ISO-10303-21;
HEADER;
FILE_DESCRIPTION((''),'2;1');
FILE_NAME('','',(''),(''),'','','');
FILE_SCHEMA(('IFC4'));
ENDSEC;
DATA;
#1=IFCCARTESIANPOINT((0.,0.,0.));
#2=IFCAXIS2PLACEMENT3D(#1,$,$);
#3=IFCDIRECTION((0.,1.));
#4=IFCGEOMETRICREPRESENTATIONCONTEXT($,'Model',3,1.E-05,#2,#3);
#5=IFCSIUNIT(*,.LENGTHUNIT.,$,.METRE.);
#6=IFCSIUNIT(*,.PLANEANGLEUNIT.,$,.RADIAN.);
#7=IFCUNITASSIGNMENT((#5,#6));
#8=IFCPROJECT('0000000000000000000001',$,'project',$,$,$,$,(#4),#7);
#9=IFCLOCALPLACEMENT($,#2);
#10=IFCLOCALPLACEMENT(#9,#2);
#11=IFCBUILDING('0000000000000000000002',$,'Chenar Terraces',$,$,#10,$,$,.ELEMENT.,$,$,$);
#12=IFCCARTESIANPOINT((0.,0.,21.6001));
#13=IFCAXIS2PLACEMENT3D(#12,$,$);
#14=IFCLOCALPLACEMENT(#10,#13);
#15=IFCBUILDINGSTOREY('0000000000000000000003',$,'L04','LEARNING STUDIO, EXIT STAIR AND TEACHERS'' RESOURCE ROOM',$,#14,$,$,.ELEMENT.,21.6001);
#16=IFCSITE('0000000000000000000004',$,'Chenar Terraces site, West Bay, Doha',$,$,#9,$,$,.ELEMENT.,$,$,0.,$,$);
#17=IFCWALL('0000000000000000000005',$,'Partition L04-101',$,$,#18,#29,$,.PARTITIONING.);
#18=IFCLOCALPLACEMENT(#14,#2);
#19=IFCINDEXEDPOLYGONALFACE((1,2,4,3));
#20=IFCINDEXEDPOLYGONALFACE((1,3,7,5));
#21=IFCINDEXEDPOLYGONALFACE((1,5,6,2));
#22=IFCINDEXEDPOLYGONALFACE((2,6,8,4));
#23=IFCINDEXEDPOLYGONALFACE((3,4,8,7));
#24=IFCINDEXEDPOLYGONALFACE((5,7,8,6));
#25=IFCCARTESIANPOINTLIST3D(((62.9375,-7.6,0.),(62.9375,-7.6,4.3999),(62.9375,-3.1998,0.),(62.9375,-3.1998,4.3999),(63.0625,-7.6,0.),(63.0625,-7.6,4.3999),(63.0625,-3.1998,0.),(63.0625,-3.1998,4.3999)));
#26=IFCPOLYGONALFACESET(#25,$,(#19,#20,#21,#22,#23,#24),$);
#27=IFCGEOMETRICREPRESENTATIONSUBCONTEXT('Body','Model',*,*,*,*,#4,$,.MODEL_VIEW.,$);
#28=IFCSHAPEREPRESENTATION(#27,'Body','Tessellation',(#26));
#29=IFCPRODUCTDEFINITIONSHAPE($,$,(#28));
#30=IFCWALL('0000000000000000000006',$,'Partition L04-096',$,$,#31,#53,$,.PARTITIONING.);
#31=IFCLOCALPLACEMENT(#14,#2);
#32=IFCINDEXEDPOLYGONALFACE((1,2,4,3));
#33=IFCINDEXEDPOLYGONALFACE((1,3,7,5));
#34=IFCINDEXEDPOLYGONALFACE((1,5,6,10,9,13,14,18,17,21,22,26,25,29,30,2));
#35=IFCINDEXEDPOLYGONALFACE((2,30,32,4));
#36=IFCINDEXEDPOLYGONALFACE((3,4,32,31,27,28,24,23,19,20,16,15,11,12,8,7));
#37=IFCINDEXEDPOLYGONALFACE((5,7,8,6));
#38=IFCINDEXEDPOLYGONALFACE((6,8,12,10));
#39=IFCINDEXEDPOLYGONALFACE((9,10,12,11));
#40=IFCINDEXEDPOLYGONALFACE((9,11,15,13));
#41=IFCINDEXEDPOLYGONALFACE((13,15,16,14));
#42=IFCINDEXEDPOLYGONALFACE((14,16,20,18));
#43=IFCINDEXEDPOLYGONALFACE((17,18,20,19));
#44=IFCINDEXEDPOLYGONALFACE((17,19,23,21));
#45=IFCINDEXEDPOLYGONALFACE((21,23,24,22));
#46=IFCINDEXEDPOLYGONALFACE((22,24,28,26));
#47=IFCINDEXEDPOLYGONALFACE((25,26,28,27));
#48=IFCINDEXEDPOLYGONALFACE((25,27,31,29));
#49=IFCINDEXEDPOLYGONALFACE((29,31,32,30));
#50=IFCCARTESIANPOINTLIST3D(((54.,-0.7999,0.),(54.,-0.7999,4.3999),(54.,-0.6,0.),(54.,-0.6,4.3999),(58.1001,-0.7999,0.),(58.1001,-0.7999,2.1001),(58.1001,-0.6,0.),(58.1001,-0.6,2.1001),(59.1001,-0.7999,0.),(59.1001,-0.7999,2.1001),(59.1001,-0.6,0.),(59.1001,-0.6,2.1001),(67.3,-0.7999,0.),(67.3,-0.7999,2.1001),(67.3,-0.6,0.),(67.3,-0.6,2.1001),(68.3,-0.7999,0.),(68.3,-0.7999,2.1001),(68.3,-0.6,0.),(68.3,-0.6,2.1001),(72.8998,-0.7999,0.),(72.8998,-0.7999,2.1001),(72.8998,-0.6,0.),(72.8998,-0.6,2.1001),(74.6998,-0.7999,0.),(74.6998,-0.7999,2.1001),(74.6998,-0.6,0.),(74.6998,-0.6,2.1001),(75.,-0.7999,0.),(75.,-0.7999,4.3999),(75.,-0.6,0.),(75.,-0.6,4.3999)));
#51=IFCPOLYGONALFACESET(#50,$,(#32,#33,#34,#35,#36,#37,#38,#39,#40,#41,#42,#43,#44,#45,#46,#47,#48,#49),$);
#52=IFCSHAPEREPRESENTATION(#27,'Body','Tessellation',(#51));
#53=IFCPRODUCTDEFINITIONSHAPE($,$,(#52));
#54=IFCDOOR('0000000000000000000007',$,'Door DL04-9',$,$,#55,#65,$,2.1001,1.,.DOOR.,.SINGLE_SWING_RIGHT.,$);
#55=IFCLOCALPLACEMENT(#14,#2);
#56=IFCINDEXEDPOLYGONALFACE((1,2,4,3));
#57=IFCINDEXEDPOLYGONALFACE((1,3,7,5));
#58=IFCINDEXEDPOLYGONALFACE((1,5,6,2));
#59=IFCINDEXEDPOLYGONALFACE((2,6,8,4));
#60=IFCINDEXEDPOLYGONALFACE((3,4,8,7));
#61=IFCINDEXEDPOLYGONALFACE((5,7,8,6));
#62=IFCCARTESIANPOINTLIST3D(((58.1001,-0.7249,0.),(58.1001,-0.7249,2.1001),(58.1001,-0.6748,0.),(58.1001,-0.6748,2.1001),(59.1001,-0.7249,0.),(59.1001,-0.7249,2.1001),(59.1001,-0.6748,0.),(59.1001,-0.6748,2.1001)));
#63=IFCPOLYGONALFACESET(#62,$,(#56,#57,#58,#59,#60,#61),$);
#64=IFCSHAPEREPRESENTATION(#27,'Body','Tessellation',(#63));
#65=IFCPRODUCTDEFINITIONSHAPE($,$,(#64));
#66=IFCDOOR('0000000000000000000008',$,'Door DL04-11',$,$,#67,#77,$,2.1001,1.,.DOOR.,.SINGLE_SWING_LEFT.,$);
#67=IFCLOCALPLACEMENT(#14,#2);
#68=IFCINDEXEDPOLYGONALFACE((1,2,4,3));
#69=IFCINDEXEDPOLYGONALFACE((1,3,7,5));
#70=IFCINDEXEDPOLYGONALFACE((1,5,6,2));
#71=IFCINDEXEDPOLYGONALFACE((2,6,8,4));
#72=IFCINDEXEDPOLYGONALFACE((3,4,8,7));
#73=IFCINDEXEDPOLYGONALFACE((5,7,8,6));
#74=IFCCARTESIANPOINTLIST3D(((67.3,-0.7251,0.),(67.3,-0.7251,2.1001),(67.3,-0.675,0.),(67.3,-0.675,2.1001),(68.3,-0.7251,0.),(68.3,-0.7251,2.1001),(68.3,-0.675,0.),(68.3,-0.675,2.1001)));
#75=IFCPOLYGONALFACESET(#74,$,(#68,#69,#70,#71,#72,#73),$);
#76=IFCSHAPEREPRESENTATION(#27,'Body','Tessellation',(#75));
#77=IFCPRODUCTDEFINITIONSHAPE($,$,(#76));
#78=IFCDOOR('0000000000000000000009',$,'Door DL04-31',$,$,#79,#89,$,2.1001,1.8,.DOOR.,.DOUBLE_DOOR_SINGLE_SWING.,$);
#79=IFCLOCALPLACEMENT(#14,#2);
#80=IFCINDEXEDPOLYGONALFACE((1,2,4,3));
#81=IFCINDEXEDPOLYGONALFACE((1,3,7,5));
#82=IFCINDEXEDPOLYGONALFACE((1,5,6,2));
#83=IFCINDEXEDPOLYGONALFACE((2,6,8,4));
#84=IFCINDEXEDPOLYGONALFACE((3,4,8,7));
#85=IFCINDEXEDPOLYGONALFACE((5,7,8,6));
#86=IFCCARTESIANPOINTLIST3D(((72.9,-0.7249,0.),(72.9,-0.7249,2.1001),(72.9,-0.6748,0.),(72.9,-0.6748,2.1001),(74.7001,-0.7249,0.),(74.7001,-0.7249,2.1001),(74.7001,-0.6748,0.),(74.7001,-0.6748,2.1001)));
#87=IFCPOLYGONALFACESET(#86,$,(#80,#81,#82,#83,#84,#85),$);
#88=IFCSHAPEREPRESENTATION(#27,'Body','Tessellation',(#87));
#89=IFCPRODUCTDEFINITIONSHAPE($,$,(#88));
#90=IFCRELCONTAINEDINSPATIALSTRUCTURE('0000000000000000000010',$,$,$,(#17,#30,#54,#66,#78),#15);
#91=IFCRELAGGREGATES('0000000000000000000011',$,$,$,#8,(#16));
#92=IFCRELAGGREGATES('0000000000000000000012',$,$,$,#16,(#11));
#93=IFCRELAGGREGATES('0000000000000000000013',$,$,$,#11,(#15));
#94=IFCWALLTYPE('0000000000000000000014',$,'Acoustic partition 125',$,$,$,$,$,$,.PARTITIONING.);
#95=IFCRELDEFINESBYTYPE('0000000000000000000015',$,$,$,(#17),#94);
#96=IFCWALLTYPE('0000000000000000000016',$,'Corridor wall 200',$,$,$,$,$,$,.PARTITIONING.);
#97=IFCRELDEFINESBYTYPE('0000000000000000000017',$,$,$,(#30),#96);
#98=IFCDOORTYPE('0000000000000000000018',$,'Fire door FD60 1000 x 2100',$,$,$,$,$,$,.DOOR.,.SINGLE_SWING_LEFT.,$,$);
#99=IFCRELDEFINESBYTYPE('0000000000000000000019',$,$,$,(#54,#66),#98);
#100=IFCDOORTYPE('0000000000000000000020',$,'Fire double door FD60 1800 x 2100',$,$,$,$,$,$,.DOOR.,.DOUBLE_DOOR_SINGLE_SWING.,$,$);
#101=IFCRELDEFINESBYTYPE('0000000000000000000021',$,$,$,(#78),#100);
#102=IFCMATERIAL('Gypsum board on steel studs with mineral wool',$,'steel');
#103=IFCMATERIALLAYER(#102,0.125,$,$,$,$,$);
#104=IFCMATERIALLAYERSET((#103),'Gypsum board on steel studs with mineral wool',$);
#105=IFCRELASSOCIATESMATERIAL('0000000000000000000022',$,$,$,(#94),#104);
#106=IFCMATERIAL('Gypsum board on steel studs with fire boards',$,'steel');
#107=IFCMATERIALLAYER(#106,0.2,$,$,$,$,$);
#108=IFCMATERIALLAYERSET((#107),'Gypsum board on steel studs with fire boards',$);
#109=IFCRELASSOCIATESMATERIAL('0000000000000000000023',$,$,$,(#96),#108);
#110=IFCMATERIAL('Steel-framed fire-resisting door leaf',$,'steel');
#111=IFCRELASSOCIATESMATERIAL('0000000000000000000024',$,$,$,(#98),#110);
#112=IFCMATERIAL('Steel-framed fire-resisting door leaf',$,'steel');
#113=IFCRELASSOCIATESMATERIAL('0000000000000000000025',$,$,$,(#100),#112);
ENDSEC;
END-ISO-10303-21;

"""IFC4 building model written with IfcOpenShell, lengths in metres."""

from ifc_helpers import new_model, si_unit, direction, frame, frame_2d, origin, place, context, subcontext, project, spatial, rectangle, extrude, material, layer, layer_set, type_object, element, fill, save


model = new_model("IFC4")

# Units and contexts
model_context = context("Model", 3, precision=1e-05, world=origin(), true_north=direction((0.0, 1.0)))
body_context = subcontext(model_context, "Body", "Model", "MODEL_VIEW")
ifc_project = project(units=[si_unit("LENGTHUNIT", "METRE"), si_unit("PLANEANGLEUNIT", "RADIAN")], contexts=[model_context])

# Site, building, storey
site_placement = place(None, origin())
site = spatial("IfcSite", under=ifc_project, at=site_placement, Name="Chenar Terraces site, West Bay, Doha", CompositionType="ELEMENT", RefElevation=0.0)
building_placement = place(site_placement, origin())
building = spatial("IfcBuilding", under=site, at=building_placement, Name="Chenar Terraces", CompositionType="ELEMENT")
storey_placement = place(building_placement, frame((0.0, 0.0, 21.6001)))
storey = spatial("IfcBuildingStorey", under=building, at=storey_placement, Name="L04", Description="LEARNING STUDIO, EXIT STAIR AND TEACHERS' RESOURCE ROOM", CompositionType="ELEMENT", Elevation=21.6001)

# Wall
ifc_material_1 = material(Name="Gypsum board on steel studs with mineral wool", Category="steel")
ifc_layer_1 = layer(ifc_material_1, 0.125)
ifc_layer_set_1 = layer_set([ifc_layer_1], Name="Gypsum board on steel studs with mineral wool")
wall_type_1 = type_object("IfcWallType", Name="Acoustic partition 125", PredefinedType="PARTITIONING", material=ifc_layer_set_1)
for number, where, z_axis, x_axis, name in (
    (1, (63.0, -7.6001, 0.0), (0.0, 0.0, 1.0), (0.0, 1.0, 0.0), "Partition L04-101"),
):
    element("IfcWall", number, at=place(storey_placement, frame(where, z_axis=z_axis, x_axis=x_axis)), inside=storey, type_object=wall_type_1, Name=name, PredefinedType="PARTITIONING", context=body_context, shape_type="SweptSolid", body=[
        extrude(rectangle(XDim=4.4001, YDim=0.125, at=frame_2d((2.2002, 0.0))), origin(), (0.0, 0.0, 1.0), 4.3999),
    ])

# Wall, openings, doors
ifc_material_2 = material(Name="Gypsum board on steel studs with fire boards", Category="steel")
ifc_layer_2 = layer(ifc_material_2, 0.2)
ifc_layer_set_2 = layer_set([ifc_layer_2], Name="Gypsum board on steel studs with fire boards")
wall_type_2 = type_object("IfcWallType", Name="Corridor wall 200", PredefinedType="PARTITIONING", material=ifc_layer_set_2)
wall_1_placement = place(storey_placement, frame((54.0, -0.7, 0.0), z_axis=(0.0, 0.0, 1.0), x_axis=(1.0, 0.0, 0.0)))
wall_1 = element("IfcWall", 2, at=wall_1_placement, inside=storey, type_object=wall_type_2, Name="Partition L04-096", PredefinedType="PARTITIONING", context=body_context, shape_type="SweptSolid", body=[
    extrude(rectangle(XDim=21.0, YDim=0.2, at=frame_2d((10.5, 0.0))), origin(), (0.0, 0.0, 1.0), 4.3999),
])
opening_1_placement = place(wall_1_placement, frame((4.1001, 0.0, 0.0)))
opening_1 = element("IfcOpeningElement", 3, at=opening_1_placement, cuts=wall_1, PredefinedType="OPENING", context=body_context, shape_type="SweptSolid", body=[
    extrude(rectangle(XDim=1.0, YDim=2.1001, at=frame_2d((0.5, 1.05))), frame((0.0, 0.1099, 0.0), z_axis=(0.0, -1.0, 0.0), x_axis=(1.0, 0.0, 0.0)), (0.0, 0.0, 1.0), 0.22),
])
opening_2_placement = place(wall_1_placement, frame((13.3, 0.0, 0.0)))
opening_2 = element("IfcOpeningElement", 4, at=opening_2_placement, cuts=wall_1, PredefinedType="OPENING", context=body_context, shape_type="SweptSolid", body=[
    extrude(rectangle(XDim=1.0, YDim=2.1001, at=frame_2d((0.5, 1.05))), frame((0.0, 0.1099, 0.0), z_axis=(0.0, -1.0, 0.0), x_axis=(1.0, 0.0, 0.0)), (0.0, 0.0, 1.0), 0.22),
])
opening_3_placement = place(wall_1_placement, frame((18.8999, 0.0, 0.0)))
opening_3 = element("IfcOpeningElement", 5, at=opening_3_placement, cuts=wall_1, PredefinedType="OPENING", context=body_context, shape_type="SweptSolid", body=[
    extrude(rectangle(XDim=1.8, YDim=2.1001, at=frame_2d((0.8999, 1.05))), frame((0.0, 0.1099, 0.0), z_axis=(0.0, -1.0, 0.0), x_axis=(1.0, 0.0, 0.0)), (0.0, 0.0, 1.0), 0.22),
])
ifc_material_3 = material(Name="Steel-framed fire-resisting door leaf", Category="steel")
door_type_1 = type_object("IfcDoorType", Name="Fire door FD60 1000 x 2100", OperationType="SINGLE_SWING_LEFT", PredefinedType="DOOR", material=ifc_material_3)
door_1_placement = place(opening_1_placement, frame((1.0, 0.0, 0.0), z_axis=(0.0, 0.0, 1.0), x_axis=(-1.0, 0.0, 0.0)))
door_1 = element("IfcDoor", 6, at=door_1_placement, inside=storey, type_object=door_type_1, Name="Door DL04-9", OperationType="SINGLE_SWING_RIGHT", OverallHeight=2.1001, OverallWidth=1.0, PredefinedType="DOOR", context=body_context, shape_type="SweptSolid", body=[
    extrude(rectangle(XDim=1.0, YDim=2.1001, at=frame_2d((0.5, 1.05))), frame((0.0, 0.0249, 0.0), z_axis=(0.0, -1.0, 0.0), x_axis=(1.0, 0.0, 0.0)), (0.0, 0.0, 1.0), 0.05),
])
fill(opening_1, door_1)
door_2_placement = place(opening_2_placement, origin())
door_2 = element("IfcDoor", 7, at=door_2_placement, inside=storey, type_object=door_type_1, Name="Door DL04-11", OperationType="SINGLE_SWING_LEFT", OverallHeight=2.1001, OverallWidth=1.0, PredefinedType="DOOR", context=body_context, shape_type="SweptSolid", body=[
    extrude(rectangle(XDim=1.0, YDim=2.1001, at=frame_2d((0.5, 1.05))), frame((0.0, 0.0249, 0.0), z_axis=(0.0, -1.0, 0.0), x_axis=(1.0, 0.0, 0.0)), (0.0, 0.0, 1.0), 0.05),
])
fill(opening_2, door_2)
ifc_material_4 = material(Name="Steel-framed fire-resisting door leaf", Category="steel")
door_type_2 = type_object("IfcDoorType", Name="Fire double door FD60 1800 x 2100", OperationType="DOUBLE_DOOR_SINGLE_SWING", PredefinedType="DOOR", material=ifc_material_4)
door_3_placement = place(opening_3_placement, frame((1.8, 0.0, 0.0), z_axis=(0.0, 0.0, 1.0), x_axis=(-1.0, 0.0, 0.0)))
door_3 = element("IfcDoor", 8, at=door_3_placement, inside=storey, type_object=door_type_2, Name="Door DL04-31", OperationType="DOUBLE_DOOR_SINGLE_SWING", OverallHeight=2.1001, OverallWidth=1.8, PredefinedType="DOOR", context=body_context, shape_type="SweptSolid", body=[
    extrude(rectangle(XDim=1.8, YDim=2.1001, at=frame_2d((0.8999, 1.05))), frame((0.0, 0.0249, 0.0), z_axis=(0.0, -1.0, 0.0), x_axis=(1.0, 0.0, 0.0)), (0.0, 0.0, 1.0), 0.05),
])
fill(opening_3, door_3)

save(model, "model.ifc")
